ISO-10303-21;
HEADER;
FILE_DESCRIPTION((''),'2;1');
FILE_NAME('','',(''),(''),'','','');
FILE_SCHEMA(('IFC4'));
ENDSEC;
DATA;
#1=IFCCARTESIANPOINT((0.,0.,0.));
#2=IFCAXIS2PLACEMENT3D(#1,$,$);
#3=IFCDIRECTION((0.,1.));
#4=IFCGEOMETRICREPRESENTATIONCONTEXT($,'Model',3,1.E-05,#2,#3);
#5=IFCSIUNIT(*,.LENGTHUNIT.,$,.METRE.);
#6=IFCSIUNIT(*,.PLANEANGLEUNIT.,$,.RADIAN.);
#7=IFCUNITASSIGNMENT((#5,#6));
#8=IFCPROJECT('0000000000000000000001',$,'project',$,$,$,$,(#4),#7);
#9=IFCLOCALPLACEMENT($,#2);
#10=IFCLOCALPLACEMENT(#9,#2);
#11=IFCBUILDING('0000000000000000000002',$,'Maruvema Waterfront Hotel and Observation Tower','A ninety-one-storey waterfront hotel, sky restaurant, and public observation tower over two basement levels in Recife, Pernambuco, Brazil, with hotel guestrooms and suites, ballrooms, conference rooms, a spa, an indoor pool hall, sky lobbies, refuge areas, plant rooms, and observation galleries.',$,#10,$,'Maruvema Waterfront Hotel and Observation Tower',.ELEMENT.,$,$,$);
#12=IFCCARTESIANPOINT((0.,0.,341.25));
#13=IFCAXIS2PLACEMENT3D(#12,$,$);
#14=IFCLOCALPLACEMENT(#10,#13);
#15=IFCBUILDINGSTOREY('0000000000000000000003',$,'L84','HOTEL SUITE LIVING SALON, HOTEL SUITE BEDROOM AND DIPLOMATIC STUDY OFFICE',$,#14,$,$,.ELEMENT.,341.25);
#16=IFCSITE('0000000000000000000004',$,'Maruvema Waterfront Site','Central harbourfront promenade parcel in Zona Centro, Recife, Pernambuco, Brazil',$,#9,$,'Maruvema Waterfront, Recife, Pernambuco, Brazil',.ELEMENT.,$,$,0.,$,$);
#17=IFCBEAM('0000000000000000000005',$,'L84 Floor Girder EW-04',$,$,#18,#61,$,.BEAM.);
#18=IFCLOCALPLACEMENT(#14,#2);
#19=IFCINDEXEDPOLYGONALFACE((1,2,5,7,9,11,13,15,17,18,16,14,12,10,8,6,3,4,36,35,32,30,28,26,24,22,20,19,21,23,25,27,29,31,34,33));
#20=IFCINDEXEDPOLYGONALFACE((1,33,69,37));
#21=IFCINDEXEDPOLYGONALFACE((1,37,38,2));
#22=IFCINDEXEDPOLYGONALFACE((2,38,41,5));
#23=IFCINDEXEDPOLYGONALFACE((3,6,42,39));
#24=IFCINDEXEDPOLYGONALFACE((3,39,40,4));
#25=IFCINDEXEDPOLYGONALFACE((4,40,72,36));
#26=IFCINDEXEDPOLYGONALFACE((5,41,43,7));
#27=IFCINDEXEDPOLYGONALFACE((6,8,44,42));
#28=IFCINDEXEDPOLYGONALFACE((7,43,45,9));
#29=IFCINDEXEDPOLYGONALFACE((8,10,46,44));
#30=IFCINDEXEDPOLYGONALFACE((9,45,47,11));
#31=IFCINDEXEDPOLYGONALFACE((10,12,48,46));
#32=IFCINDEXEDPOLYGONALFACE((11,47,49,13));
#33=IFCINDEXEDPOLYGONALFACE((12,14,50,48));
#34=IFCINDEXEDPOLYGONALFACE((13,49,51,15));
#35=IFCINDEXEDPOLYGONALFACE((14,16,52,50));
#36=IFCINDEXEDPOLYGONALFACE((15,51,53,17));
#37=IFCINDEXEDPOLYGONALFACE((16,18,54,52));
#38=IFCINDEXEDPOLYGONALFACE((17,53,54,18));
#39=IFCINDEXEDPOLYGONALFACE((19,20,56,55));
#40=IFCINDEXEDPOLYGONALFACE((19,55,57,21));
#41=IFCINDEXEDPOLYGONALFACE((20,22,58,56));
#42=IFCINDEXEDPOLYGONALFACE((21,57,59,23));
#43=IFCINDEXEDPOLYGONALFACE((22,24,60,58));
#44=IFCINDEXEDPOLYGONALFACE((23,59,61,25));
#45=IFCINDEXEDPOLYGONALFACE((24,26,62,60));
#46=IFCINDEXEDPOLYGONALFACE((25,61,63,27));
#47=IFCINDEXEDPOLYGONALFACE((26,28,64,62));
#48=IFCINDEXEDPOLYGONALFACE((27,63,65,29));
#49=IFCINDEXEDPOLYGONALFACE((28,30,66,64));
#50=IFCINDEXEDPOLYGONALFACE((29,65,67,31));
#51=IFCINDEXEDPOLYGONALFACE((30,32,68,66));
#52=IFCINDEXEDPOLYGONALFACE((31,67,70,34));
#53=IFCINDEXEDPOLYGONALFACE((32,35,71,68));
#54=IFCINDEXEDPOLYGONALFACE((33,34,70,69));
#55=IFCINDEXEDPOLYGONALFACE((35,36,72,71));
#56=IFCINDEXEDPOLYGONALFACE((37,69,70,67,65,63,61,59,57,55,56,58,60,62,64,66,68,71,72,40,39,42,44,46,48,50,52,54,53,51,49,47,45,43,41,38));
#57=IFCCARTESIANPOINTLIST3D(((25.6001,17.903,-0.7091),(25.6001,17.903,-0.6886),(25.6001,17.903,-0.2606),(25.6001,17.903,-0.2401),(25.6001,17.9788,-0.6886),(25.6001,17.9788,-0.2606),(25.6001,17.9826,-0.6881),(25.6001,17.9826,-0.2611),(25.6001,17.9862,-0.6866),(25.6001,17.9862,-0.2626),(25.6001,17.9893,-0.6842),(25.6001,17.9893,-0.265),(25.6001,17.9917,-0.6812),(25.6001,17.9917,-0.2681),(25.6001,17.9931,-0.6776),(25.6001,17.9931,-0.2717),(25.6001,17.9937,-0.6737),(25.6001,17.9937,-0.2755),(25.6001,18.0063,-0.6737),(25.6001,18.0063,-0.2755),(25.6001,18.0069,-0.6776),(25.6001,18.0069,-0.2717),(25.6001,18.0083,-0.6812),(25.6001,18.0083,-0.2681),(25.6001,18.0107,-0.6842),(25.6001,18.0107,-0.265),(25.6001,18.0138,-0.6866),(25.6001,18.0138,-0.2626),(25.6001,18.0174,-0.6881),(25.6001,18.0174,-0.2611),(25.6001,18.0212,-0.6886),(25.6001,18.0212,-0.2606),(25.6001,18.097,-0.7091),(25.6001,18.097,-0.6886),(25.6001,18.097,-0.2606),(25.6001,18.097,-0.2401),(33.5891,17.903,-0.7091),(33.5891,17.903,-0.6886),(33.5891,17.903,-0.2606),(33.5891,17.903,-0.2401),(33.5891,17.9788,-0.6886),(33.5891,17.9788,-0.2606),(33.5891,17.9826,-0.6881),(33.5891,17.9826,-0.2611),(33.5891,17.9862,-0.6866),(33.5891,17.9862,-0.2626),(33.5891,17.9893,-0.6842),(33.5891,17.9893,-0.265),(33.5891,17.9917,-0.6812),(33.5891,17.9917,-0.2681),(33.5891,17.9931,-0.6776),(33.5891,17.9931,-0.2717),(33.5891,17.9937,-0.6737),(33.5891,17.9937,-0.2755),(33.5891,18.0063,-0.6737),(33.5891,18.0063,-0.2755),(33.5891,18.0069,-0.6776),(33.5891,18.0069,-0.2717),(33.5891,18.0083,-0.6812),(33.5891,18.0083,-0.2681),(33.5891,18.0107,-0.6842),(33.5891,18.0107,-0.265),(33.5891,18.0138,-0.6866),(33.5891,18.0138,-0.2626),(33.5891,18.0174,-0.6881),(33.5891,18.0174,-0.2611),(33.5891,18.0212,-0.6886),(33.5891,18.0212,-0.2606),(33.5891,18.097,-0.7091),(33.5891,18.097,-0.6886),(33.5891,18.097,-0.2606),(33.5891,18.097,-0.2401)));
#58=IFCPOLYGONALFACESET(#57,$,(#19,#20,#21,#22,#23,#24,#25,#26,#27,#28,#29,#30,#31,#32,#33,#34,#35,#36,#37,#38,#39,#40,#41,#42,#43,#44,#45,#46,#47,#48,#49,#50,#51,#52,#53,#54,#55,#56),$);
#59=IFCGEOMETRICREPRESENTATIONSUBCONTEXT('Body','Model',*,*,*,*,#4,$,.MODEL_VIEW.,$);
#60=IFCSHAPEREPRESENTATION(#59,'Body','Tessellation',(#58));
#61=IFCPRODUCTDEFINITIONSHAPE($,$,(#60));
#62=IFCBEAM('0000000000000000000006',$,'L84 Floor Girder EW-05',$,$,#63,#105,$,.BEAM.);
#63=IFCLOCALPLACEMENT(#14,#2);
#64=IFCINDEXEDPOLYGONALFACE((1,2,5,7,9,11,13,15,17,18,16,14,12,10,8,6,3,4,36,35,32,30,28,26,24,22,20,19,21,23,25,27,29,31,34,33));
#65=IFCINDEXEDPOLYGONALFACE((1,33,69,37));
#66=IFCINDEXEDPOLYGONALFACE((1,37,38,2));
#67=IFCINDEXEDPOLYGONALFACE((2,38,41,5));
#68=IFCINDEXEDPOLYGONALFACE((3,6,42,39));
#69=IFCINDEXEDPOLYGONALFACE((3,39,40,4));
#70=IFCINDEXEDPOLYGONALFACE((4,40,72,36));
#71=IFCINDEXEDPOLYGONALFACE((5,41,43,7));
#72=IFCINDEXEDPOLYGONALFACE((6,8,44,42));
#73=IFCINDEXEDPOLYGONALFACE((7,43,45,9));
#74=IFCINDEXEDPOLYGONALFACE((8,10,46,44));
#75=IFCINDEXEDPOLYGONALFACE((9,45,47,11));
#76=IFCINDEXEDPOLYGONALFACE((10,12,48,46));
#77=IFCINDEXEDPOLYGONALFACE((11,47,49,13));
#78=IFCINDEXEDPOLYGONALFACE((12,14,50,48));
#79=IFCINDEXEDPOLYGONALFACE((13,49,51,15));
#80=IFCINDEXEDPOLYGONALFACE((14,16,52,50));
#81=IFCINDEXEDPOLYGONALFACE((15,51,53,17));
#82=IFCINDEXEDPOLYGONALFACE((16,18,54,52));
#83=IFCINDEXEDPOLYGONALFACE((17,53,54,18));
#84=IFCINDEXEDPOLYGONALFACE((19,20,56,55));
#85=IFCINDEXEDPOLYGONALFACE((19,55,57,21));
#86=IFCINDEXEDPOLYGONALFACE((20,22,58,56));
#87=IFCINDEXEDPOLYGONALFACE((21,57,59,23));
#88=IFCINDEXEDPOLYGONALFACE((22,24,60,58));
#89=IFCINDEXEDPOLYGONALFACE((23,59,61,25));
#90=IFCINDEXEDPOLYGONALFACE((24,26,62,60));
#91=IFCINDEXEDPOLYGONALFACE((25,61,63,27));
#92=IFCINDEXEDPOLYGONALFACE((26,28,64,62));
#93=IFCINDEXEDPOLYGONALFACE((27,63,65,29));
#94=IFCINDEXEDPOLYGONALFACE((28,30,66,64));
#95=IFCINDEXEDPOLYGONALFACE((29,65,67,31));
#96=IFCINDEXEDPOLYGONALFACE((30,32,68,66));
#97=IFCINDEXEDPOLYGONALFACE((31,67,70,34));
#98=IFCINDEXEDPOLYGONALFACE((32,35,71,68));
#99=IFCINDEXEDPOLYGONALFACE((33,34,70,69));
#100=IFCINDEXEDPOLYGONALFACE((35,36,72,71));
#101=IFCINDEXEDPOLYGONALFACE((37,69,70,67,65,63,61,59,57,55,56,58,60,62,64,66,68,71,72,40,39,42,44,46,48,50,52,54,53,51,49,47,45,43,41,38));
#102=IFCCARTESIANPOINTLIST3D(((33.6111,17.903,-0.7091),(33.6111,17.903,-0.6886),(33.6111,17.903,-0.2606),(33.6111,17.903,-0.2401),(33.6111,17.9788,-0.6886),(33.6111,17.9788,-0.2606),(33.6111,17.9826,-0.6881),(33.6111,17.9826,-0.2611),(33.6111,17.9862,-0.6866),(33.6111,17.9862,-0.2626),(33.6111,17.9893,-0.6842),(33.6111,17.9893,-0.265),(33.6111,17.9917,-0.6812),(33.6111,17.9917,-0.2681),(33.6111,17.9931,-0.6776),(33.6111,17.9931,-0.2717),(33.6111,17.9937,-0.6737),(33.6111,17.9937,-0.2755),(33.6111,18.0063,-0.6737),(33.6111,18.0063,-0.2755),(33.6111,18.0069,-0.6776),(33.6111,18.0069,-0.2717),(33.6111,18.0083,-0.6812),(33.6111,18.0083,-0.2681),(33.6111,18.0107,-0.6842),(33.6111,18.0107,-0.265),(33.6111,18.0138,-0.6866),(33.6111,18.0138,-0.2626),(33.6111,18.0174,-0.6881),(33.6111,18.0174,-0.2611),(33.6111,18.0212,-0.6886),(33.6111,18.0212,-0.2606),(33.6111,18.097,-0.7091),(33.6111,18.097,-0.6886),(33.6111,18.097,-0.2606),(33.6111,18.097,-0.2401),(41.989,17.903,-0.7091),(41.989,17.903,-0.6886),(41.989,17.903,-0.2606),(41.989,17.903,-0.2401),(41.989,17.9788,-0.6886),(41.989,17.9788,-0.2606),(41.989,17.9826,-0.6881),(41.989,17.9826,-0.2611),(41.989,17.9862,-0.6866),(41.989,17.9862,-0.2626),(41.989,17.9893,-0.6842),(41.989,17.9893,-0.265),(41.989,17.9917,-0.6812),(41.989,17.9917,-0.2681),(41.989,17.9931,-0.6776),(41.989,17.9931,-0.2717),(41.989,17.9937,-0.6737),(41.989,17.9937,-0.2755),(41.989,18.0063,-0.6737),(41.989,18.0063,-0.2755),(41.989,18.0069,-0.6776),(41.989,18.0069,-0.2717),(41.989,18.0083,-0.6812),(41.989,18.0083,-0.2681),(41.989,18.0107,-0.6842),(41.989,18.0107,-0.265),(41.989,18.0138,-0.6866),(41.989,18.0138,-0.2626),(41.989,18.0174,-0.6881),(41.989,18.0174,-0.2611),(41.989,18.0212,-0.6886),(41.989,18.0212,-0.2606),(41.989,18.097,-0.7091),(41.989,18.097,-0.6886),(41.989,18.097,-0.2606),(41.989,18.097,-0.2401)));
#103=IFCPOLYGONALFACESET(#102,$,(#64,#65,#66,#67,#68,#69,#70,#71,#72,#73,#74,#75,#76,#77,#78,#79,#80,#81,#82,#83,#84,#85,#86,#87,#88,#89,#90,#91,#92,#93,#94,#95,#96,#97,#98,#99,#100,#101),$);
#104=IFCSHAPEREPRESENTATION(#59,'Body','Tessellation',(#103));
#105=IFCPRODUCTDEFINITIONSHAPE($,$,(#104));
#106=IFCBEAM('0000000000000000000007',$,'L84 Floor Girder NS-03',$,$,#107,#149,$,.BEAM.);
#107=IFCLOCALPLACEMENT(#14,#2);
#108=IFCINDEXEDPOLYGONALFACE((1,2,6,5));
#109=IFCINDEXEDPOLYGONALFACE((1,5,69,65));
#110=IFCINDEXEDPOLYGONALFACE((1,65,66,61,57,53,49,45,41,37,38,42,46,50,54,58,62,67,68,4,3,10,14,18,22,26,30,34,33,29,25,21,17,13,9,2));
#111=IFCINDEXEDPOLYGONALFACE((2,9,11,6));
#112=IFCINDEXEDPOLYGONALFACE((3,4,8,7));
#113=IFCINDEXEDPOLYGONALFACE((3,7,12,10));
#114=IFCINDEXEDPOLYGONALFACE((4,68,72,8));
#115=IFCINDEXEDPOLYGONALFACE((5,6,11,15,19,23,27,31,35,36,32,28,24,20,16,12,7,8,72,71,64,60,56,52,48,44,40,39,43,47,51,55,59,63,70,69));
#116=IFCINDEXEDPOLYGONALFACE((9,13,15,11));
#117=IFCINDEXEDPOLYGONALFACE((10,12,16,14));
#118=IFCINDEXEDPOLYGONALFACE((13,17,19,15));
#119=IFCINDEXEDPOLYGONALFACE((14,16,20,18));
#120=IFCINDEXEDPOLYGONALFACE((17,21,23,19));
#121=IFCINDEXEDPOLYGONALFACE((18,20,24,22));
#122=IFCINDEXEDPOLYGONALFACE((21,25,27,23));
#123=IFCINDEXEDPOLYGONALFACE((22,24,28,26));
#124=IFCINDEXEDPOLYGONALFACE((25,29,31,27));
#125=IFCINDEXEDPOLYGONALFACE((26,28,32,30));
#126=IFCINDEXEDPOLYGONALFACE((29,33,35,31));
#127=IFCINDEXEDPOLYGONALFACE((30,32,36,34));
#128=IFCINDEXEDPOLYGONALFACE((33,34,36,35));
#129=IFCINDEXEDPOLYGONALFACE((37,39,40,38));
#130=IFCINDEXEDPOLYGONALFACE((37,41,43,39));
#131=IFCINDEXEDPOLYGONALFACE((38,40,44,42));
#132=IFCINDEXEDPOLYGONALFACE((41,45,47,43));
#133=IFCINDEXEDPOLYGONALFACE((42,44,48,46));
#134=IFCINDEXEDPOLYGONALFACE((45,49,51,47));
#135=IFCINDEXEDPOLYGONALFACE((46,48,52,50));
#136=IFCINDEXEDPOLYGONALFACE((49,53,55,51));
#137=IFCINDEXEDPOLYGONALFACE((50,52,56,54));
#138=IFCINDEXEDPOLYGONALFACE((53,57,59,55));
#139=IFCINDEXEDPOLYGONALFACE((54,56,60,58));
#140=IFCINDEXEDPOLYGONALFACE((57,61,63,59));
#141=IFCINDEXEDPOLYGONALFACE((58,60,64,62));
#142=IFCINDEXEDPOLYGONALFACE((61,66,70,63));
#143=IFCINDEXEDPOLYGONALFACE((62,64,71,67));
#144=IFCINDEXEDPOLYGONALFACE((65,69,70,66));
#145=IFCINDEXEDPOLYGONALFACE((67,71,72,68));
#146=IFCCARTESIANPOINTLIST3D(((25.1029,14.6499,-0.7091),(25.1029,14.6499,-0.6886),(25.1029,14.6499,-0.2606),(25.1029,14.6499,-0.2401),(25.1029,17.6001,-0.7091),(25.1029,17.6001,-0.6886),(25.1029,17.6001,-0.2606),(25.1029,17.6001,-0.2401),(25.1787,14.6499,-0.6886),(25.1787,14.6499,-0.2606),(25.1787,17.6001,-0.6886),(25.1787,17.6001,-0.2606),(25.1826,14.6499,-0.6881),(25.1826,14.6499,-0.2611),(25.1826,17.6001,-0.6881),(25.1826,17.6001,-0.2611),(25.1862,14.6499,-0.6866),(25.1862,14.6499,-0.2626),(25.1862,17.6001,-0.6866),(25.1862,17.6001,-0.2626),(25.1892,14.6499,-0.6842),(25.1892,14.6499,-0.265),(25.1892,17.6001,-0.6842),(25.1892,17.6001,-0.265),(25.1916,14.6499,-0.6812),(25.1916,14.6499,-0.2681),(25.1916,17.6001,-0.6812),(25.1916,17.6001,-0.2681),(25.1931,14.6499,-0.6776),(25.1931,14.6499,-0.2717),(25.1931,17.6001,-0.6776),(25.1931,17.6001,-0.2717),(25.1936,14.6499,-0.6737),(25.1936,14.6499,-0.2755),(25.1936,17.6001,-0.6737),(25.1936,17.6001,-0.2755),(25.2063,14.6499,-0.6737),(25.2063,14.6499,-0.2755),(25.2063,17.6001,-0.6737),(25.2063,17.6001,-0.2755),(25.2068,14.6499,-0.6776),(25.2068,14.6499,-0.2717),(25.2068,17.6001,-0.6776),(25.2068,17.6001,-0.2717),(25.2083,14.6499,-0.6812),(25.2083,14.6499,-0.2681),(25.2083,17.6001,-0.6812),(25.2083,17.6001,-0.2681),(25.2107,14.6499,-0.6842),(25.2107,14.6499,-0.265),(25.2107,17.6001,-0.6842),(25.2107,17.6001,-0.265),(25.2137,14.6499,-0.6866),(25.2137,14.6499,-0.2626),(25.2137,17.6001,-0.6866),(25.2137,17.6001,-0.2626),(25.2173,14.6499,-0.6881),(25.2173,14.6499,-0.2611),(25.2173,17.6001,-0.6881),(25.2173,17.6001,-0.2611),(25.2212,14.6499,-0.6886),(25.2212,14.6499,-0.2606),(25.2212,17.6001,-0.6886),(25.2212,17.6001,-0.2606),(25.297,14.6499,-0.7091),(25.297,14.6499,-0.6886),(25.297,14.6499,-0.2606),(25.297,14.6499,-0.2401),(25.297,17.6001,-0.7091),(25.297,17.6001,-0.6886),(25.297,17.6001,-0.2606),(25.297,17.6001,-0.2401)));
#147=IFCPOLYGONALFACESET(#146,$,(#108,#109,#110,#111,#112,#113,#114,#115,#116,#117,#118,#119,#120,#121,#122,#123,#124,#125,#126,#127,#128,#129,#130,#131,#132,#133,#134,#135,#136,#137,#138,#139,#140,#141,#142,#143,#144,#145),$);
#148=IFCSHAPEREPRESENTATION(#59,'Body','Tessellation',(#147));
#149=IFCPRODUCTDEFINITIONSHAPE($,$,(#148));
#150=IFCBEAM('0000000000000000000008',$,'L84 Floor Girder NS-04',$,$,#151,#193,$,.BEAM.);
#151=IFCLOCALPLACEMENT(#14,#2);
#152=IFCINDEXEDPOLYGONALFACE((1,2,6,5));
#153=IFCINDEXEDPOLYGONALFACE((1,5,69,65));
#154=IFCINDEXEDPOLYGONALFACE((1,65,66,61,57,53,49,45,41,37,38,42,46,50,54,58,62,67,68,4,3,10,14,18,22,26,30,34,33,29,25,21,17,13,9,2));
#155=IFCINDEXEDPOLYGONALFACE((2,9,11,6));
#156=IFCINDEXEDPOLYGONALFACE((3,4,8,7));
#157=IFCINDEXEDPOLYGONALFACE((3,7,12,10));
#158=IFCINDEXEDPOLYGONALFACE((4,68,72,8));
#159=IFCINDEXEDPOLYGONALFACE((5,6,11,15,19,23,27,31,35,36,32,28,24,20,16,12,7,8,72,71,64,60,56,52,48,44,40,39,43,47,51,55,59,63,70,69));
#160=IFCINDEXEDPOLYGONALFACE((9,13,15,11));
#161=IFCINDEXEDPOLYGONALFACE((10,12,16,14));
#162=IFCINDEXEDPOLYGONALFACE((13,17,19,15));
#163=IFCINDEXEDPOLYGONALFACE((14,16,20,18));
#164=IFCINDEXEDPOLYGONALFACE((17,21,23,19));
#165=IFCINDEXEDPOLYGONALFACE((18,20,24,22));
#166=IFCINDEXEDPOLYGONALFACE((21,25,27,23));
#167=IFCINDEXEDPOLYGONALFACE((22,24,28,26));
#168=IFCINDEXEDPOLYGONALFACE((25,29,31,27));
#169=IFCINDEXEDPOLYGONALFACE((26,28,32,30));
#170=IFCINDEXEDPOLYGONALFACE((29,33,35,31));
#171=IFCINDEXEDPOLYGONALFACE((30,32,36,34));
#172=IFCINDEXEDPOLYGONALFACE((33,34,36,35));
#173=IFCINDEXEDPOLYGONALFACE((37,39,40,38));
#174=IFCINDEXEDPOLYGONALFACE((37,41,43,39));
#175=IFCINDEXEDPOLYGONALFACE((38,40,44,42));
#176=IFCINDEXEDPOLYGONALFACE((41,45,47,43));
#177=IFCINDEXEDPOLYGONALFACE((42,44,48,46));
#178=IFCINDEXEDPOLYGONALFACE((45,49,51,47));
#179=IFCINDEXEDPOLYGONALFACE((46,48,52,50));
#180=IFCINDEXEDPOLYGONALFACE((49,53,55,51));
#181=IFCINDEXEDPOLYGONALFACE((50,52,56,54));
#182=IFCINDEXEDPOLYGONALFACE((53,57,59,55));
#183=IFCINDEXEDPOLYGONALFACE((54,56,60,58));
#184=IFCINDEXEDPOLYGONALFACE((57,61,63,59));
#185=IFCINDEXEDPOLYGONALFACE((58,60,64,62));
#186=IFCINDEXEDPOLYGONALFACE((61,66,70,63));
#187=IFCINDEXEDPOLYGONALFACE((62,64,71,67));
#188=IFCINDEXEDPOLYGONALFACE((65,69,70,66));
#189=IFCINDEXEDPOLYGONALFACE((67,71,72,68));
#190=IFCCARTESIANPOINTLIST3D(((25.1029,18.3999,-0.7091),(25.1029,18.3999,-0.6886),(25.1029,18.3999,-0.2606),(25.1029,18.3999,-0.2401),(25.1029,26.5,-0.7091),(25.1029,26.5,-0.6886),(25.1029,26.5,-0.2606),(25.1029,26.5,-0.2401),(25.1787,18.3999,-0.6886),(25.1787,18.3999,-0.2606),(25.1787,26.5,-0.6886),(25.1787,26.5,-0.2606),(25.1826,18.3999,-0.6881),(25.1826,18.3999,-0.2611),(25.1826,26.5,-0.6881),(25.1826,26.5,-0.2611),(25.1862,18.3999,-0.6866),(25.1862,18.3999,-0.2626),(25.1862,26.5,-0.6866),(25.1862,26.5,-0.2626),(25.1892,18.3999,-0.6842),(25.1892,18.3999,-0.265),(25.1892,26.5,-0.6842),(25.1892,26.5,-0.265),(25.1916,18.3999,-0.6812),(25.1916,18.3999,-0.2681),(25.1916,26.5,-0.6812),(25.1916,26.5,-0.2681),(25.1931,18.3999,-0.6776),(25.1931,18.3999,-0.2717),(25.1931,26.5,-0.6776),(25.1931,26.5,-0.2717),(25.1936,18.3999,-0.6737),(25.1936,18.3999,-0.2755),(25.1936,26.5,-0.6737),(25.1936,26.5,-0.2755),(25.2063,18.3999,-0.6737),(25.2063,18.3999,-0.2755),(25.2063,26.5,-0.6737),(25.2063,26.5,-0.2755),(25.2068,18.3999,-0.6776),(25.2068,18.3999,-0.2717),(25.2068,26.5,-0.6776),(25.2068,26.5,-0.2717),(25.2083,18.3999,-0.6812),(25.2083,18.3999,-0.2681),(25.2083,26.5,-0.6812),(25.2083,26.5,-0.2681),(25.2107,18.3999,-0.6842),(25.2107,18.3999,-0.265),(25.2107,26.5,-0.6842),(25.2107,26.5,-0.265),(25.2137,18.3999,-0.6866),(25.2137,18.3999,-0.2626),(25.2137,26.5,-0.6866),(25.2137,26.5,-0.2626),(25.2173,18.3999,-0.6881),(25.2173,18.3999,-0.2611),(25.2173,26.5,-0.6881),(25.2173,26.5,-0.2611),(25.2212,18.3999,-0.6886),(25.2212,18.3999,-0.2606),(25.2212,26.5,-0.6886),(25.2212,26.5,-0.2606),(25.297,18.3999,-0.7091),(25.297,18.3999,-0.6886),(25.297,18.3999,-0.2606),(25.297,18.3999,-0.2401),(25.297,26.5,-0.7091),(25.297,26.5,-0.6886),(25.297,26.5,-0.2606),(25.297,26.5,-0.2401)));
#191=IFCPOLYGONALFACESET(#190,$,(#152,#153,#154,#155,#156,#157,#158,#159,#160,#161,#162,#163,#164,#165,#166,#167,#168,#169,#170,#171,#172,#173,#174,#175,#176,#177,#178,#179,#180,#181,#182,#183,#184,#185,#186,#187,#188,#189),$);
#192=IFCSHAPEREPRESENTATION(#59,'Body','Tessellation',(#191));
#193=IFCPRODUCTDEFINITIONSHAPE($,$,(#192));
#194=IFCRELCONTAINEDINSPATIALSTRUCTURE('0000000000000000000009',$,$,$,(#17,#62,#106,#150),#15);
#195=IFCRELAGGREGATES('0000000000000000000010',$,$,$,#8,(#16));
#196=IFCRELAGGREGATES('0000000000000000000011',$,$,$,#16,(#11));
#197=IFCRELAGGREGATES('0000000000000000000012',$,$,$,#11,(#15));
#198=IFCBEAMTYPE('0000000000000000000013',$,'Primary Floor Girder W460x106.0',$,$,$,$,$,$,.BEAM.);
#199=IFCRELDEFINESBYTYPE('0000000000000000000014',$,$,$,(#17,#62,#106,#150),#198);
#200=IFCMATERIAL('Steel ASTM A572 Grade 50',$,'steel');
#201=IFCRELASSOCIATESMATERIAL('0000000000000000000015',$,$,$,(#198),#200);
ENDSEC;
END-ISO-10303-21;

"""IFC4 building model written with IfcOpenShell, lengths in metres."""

from ifc_helpers import new_model, si_unit, direction, frame, origin, origin_2d, place, context, subcontext, project, spatial, i_section, extrude, material, material_profile, profile_set, type_object, element, save


model = new_model("IFC4")

# Units and contexts
model_context = context("Model", 3, precision=1e-05, world=origin(), true_north=direction((0.0, 1.0)))
body_context = subcontext(model_context, "Body", "Model", "MODEL_VIEW")
ifc_project = project(units=[si_unit("LENGTHUNIT", "METRE"), si_unit("PLANEANGLEUNIT", "RADIAN")], contexts=[model_context])

# Site, building, storey
site_placement = place(None, origin())
site = spatial("IfcSite", under=ifc_project, at=site_placement, Name="Maruvema Waterfront Site", Description="Central harbourfront promenade parcel in Zona Centro, Recife, Pernambuco, Brazil", LongName="Maruvema Waterfront, Recife, Pernambuco, Brazil", CompositionType="ELEMENT", RefElevation=0.0)
building_placement = place(site_placement, origin())
building = spatial("IfcBuilding", under=site, at=building_placement, Name="Maruvema Waterfront Hotel and Observation Tower", Description="A ninety-one-storey waterfront hotel, sky restaurant, and public observation tower over two basement levels in Recife, Pernambuco, Brazil, with hotel guestrooms and suites, ballrooms, conference rooms, a spa, an indoor pool hall, sky lobbies, refuge areas, plant rooms, and observation galleries.", LongName="Maruvema Waterfront Hotel and Observation Tower", CompositionType="ELEMENT")
storey_placement = place(building_placement, frame((0.0, 0.0, 341.25)))
storey = spatial("IfcBuildingStorey", under=building, at=storey_placement, Name="L84", Description="HOTEL SUITE LIVING SALON, HOTEL SUITE BEDROOM AND DIPLOMATIC STUDY OFFICE", CompositionType="ELEMENT", Elevation=341.25)

# Beams
ifc_material_1 = material(Name="Steel ASTM A572 Grade 50", Category="steel")
ifc_material_profile_1 = material_profile(ifc_material_1, i_section(OverallWidth=0.1941, OverallDepth=0.469, WebThickness=0.0127, FlangeThickness=0.0205, FilletRadius=0.0149, at=origin_2d()), Name="W460x106.0")
ifc_profile_set_1 = profile_set([ifc_material_profile_1], Name="Steel ASTM A572 Grade 50")
beam_type_1 = type_object("IfcBeamType", Name="Primary Floor Girder W460x106.0", PredefinedType="BEAM", material=ifc_profile_set_1)
beam_1_placement = place(storey_placement, frame((25.6001, 18.0, -0.4746), z_axis=(1.0, 0.0, 0.0), x_axis=(0.0, 1.0, 0.0)))
element("IfcBeam", 1, at=beam_1_placement, inside=storey, type_object=beam_type_1, Name="L84 Floor Girder EW-04", PredefinedType="BEAM", context=body_context, shape_type="SweptSolid", body=[
    extrude(i_section(OverallWidth=0.1941, OverallDepth=0.469, WebThickness=0.0127, FlangeThickness=0.0205, FilletRadius=0.0149, at=origin_2d()), origin(), (0.0, 0.0, 1.0), 7.989),
])
beam_2_placement = place(storey_placement, frame((33.6111, 18.0, -0.4746), z_axis=(1.0, 0.0, 0.0), x_axis=(0.0, 1.0, 0.0)))
element("IfcBeam", 2, at=beam_2_placement, inside=storey, type_object=beam_type_1, Name="L84 Floor Girder EW-05", PredefinedType="BEAM", context=body_context, shape_type="SweptSolid", body=[
    extrude(i_section(OverallWidth=0.1941, OverallDepth=0.469, WebThickness=0.0127, FlangeThickness=0.0205, FilletRadius=0.0149, at=origin_2d()), origin(), (0.0, 0.0, 1.0), 8.3779),
])
beam_3_placement = place(storey_placement, frame((25.2, 14.6499, -0.4746), z_axis=(0.0, 1.0, 0.0), x_axis=(-1.0, 0.0, 0.0)))
element("IfcBeam", 3, at=beam_3_placement, inside=storey, type_object=beam_type_1, Name="L84 Floor Girder NS-03", PredefinedType="BEAM", context=body_context, shape_type="SweptSolid", body=[
    extrude(i_section(OverallWidth=0.1941, OverallDepth=0.469, WebThickness=0.0127, FlangeThickness=0.0205, FilletRadius=0.0149, at=origin_2d()), origin(), (0.0, 0.0, 1.0), 2.9502),
])
beam_4_placement = place(storey_placement, frame((25.2, 18.3999, -0.4746), z_axis=(0.0, 1.0, 0.0), x_axis=(-1.0, 0.0, 0.0)))
element("IfcBeam", 4, at=beam_4_placement, inside=storey, type_object=beam_type_1, Name="L84 Floor Girder NS-04", PredefinedType="BEAM", context=body_context, shape_type="SweptSolid", body=[
    extrude(i_section(OverallWidth=0.1941, OverallDepth=0.469, WebThickness=0.0127, FlangeThickness=0.0205, FilletRadius=0.0149, at=origin_2d()), origin(), (0.0, 0.0, 1.0), 8.1001),
])

save(model, "model.ifc")
